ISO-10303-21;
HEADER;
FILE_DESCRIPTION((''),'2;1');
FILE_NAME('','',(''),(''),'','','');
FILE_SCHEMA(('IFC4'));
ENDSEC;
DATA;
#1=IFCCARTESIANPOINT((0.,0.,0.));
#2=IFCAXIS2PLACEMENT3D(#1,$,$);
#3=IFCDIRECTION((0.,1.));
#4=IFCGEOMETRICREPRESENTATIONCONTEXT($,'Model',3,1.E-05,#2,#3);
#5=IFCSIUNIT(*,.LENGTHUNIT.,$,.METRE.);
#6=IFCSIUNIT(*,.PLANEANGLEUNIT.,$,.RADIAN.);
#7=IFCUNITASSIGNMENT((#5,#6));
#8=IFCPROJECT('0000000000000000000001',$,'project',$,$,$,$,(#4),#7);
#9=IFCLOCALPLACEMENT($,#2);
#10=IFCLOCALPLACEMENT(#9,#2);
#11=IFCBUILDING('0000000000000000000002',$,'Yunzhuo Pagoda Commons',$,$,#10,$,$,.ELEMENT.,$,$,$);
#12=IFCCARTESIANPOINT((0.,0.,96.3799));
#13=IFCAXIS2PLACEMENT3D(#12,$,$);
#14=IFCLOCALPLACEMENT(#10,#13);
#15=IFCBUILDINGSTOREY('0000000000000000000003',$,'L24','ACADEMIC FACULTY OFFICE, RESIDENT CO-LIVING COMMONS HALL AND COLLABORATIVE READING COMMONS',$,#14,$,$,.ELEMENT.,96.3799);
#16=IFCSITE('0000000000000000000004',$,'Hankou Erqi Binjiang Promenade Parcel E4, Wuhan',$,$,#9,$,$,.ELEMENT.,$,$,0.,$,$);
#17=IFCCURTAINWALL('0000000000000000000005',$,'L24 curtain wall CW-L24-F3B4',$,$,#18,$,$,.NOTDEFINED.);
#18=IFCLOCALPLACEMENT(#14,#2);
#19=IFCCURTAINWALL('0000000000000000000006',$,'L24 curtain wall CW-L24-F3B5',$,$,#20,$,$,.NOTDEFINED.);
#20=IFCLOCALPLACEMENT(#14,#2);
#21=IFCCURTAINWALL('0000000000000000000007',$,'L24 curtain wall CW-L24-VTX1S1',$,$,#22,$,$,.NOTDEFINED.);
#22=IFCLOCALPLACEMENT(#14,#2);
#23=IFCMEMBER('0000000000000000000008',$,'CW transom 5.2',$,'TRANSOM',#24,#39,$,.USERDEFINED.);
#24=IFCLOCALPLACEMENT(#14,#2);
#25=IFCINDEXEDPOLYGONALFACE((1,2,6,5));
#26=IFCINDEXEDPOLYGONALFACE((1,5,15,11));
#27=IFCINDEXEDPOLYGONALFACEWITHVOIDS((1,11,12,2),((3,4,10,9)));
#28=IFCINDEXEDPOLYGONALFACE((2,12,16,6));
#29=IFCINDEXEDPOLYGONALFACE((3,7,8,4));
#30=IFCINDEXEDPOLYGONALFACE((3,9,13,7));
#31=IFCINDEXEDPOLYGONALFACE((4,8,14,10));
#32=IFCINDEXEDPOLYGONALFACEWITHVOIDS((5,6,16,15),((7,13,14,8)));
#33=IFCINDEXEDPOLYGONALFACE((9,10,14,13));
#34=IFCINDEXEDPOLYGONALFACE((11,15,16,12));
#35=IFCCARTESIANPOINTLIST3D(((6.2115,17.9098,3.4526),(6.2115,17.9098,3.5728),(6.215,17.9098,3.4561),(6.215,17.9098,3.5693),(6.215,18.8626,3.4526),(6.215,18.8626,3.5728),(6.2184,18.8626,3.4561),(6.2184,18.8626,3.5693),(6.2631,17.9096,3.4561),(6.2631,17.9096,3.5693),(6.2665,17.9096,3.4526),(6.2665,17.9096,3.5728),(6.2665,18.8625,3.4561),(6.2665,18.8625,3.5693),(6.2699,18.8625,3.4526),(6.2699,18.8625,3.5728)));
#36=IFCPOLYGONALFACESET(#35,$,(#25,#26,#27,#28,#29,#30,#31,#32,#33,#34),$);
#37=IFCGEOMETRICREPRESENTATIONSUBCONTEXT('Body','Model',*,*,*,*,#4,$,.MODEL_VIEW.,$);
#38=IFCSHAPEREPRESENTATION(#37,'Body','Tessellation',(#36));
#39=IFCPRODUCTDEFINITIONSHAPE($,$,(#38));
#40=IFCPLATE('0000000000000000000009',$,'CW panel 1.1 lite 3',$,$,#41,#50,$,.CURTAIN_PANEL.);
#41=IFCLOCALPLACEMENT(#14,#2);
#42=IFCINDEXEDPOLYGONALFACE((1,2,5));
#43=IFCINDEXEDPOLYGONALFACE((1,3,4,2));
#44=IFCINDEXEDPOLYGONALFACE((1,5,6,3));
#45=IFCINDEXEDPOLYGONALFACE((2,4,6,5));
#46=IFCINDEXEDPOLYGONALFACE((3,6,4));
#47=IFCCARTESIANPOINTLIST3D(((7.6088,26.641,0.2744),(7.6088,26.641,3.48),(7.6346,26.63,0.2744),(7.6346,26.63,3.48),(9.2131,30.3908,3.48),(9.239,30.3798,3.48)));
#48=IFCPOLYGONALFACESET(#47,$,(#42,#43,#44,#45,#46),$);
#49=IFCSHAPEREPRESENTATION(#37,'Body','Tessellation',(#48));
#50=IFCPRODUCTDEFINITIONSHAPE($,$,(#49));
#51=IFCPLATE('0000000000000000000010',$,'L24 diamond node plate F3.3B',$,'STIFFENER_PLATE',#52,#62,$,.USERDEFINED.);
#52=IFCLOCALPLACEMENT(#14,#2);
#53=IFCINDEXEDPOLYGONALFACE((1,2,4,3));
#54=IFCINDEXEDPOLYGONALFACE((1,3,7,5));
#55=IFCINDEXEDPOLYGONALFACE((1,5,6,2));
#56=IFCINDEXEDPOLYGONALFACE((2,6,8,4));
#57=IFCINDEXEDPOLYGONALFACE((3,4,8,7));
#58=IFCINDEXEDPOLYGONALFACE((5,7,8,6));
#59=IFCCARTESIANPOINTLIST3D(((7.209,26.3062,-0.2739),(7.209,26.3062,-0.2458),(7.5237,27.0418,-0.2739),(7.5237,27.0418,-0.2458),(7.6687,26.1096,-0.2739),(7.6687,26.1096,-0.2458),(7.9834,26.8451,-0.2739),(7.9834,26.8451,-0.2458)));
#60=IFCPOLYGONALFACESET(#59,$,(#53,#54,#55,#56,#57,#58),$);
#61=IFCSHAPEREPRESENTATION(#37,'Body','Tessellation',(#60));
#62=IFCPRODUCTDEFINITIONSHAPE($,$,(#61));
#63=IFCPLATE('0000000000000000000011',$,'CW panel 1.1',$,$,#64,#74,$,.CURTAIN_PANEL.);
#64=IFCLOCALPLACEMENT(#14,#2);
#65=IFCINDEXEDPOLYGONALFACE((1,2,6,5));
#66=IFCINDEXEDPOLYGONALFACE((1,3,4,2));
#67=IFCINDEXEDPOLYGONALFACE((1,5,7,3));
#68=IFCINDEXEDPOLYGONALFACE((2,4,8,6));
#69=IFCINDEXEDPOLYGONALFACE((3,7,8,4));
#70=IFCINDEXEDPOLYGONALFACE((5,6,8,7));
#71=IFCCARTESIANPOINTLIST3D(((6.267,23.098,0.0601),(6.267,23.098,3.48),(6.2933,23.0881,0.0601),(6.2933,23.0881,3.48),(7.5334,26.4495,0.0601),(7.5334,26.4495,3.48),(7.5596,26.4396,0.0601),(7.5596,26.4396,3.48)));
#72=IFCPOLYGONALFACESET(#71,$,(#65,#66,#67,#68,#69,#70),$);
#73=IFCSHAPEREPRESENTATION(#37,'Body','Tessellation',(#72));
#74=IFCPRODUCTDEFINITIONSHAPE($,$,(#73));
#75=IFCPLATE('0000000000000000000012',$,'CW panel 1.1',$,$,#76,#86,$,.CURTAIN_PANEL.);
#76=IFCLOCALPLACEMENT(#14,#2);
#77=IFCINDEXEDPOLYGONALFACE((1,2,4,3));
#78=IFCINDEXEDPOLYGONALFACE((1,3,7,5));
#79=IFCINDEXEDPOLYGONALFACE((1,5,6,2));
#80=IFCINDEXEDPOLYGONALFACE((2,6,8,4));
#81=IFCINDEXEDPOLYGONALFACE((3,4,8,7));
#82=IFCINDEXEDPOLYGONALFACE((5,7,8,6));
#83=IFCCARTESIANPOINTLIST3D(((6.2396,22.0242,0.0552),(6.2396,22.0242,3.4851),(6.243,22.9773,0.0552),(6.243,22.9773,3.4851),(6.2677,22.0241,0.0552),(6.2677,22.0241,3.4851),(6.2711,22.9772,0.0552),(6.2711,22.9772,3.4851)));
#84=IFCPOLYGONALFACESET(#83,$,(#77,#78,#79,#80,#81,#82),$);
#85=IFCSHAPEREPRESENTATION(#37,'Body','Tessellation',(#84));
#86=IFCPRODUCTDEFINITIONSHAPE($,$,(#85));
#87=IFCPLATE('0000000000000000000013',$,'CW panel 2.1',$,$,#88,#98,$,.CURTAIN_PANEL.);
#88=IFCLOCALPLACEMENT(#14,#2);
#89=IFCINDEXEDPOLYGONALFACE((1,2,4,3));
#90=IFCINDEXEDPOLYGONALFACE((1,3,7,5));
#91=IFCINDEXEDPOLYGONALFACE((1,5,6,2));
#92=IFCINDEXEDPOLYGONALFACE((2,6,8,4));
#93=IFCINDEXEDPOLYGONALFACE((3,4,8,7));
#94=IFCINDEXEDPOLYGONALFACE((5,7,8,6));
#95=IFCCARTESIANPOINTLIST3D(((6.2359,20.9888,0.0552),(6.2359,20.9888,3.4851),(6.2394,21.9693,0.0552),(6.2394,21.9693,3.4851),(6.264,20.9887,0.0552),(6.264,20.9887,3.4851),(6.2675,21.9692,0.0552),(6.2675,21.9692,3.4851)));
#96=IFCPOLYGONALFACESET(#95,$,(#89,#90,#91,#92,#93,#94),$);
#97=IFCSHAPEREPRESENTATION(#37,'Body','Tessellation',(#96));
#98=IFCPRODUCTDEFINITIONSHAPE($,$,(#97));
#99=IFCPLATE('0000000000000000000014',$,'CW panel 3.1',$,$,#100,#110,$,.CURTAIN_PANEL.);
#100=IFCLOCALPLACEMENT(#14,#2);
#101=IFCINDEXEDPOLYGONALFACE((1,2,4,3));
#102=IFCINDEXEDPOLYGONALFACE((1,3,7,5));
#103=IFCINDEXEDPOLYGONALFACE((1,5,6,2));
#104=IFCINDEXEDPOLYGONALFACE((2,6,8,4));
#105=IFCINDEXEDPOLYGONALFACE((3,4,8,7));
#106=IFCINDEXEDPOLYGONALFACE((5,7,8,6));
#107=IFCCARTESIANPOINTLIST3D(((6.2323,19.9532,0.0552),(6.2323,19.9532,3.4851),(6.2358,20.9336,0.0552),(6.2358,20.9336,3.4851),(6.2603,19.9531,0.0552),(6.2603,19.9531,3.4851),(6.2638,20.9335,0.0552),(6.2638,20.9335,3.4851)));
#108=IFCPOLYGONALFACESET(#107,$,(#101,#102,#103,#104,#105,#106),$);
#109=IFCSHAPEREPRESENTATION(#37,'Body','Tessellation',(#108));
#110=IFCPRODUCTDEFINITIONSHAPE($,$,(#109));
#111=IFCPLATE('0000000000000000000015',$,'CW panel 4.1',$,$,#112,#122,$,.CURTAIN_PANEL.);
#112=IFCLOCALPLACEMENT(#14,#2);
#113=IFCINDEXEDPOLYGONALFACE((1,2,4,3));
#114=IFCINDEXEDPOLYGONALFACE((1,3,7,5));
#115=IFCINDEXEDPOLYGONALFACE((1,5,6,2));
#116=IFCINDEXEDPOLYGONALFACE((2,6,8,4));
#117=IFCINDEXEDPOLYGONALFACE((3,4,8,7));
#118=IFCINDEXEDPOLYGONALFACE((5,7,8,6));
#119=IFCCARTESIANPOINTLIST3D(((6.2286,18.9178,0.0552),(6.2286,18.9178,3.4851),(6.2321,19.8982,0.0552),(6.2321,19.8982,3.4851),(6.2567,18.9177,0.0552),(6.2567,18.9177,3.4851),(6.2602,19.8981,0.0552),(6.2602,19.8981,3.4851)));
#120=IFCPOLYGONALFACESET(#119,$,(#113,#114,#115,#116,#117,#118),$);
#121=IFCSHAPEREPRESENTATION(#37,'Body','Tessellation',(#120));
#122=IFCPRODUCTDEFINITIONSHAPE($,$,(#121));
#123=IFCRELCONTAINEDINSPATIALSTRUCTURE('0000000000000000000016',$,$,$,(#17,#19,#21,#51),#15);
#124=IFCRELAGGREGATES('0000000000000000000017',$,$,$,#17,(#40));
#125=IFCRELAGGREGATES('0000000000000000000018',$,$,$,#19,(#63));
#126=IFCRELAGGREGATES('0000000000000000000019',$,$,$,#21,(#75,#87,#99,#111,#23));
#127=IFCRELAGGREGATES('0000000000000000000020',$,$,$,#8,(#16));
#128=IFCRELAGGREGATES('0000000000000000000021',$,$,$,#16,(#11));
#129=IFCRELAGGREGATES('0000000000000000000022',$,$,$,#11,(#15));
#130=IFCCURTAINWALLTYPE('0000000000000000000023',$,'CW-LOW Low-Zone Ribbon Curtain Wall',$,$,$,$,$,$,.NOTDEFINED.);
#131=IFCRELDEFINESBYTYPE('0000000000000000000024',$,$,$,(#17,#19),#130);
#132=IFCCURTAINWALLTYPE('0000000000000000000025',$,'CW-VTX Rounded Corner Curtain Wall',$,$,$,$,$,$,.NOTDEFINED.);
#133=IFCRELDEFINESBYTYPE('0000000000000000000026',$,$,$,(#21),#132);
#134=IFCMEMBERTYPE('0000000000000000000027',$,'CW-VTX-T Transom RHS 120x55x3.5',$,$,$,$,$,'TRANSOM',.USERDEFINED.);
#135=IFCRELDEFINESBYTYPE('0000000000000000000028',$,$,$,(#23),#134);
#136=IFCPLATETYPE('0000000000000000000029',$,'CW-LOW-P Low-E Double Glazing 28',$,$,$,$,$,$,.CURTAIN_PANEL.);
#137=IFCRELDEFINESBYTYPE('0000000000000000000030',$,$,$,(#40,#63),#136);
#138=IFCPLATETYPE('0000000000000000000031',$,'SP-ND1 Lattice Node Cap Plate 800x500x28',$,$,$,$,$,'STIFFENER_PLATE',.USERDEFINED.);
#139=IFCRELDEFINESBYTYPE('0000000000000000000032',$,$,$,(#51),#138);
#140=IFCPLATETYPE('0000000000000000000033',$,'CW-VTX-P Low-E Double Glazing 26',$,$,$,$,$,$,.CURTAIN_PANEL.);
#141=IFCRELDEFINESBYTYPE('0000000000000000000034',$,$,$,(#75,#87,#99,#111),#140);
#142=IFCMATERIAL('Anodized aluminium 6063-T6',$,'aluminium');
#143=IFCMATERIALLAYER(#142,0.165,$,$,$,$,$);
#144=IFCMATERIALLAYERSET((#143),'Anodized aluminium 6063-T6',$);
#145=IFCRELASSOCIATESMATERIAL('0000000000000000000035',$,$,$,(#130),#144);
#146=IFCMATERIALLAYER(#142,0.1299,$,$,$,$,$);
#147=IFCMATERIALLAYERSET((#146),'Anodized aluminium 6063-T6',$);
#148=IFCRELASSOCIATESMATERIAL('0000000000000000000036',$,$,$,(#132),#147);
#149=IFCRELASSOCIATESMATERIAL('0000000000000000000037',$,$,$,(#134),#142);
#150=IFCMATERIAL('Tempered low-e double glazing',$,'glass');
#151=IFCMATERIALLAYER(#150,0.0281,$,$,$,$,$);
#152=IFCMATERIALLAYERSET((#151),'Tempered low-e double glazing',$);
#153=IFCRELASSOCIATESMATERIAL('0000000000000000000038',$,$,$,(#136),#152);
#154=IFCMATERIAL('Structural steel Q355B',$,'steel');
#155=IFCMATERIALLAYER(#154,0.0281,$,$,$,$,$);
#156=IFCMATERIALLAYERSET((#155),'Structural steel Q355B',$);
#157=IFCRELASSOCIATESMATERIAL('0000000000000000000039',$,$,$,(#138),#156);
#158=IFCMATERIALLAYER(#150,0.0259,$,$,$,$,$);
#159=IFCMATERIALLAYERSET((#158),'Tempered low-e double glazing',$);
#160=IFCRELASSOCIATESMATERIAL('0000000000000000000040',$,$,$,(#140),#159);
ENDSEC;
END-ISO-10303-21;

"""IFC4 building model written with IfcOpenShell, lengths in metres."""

from ifc_helpers import new_model, si_unit, direction, frame, origin, origin_2d, place, context, subcontext, project, spatial, polyline, rectangle, hollow_rectangle, outline, extrude, source, transform, mapped, material, layer, layer_set, material_profile, profile_set, type_object, element, aggregate, save


model = new_model("IFC4")

# Units and contexts
model_context = context("Model", 3, precision=1e-05, world=origin(), true_north=direction((0.0, 1.0)))
body_context = subcontext(model_context, "Body", "Model", "MODEL_VIEW")
ifc_project = project(units=[si_unit("LENGTHUNIT", "METRE"), si_unit("PLANEANGLEUNIT", "RADIAN")], contexts=[model_context])

# Site, building, storey
site_placement = place(None, origin())
site = spatial("IfcSite", under=ifc_project, at=site_placement, Name="Hankou Erqi Binjiang Promenade Parcel E4, Wuhan", CompositionType="ELEMENT", RefElevation=0.0)
building_placement = place(site_placement, origin())
building = spatial("IfcBuilding", under=site, at=building_placement, Name="Yunzhuo Pagoda Commons", CompositionType="ELEMENT")
storey_placement = place(building_placement, frame((0.0, 0.0, 96.3799)))
storey = spatial("IfcBuildingStorey", under=building, at=storey_placement, Name="L24", Description="ACADEMIC FACULTY OFFICE, RESIDENT CO-LIVING COMMONS HALL AND COLLABORATIVE READING COMMONS", CompositionType="ELEMENT", Elevation=96.3799)

# Shared definitions
ifc_material_1 = material(Name="Structural steel Q355B", Category="steel")

# Curtain wall
ifc_material_2 = material(Name="Anodized aluminium 6063-T6", Category="aluminium")
ifc_layer_1 = layer(ifc_material_2, 0.165)
ifc_layer_set_1 = layer_set([ifc_layer_1], Name="Anodized aluminium 6063-T6")
curtain_wall_type_1 = type_object("IfcCurtainWallType", Name="CW-LOW Low-Zone Ribbon Curtain Wall", PredefinedType="NOTDEFINED", material=ifc_layer_set_1)
curtain_wall_1_placement = place(storey_placement, origin())
curtain_wall_1 = element("IfcCurtainWall", 1, at=curtain_wall_1_placement, inside=storey, type_object=curtain_wall_type_1, Name="L24 curtain wall CW-L24-F3B4", PredefinedType="NOTDEFINED")

# Curtain walls, member
curtain_wall_2_placement = place(storey_placement, origin())
curtain_wall_2 = element("IfcCurtainWall", 2, at=curtain_wall_2_placement, inside=storey, type_object=curtain_wall_type_1, Name="L24 curtain wall CW-L24-F3B5", PredefinedType="NOTDEFINED")
ifc_layer_2 = layer(ifc_material_2, 0.1299)
ifc_layer_set_2 = layer_set([ifc_layer_2], Name="Anodized aluminium 6063-T6")
curtain_wall_type_2 = type_object("IfcCurtainWallType", Name="CW-VTX Rounded Corner Curtain Wall", PredefinedType="NOTDEFINED", material=ifc_layer_set_2)
curtain_wall_3_placement = place(storey_placement, origin())
curtain_wall_3 = element("IfcCurtainWall", 3, at=curtain_wall_3_placement, inside=storey, type_object=curtain_wall_type_2, Name="L24 curtain wall CW-L24-VTX1S1", PredefinedType="NOTDEFINED")
ifc_material_profile_1 = material_profile(ifc_material_2, hollow_rectangle(XDim=0.0549, YDim=0.1201, WallThickness=0.0034, at=origin_2d()), Name="Anodized aluminium 6063-T6")
ifc_profile_set_1 = profile_set([ifc_material_profile_1], Name="Anodized aluminium 6063-T6")
member_type_1 = type_object("IfcMemberType", Name="CW-VTX-T Transom RHS 120x55x3.5", ElementType="TRANSOM", PredefinedType="USERDEFINED", material=ifc_profile_set_1)
shared_shape_1 = source(origin(), body_context, "Body", "SweptSolid", [
    extrude(hollow_rectangle(XDim=0.0549, YDim=0.1201, WallThickness=0.0034, at=origin_2d()), origin(), (0.0, 0.0, 1.0), 0.9529),
])
member_1_placement = place(storey_placement, frame((6.2424, 18.8625, 3.5127), z_axis=(-0.003587, -0.999994, 0.0), x_axis=(0.999994, -0.003587, 0.0)))
member_1 = element("IfcMember", 4, at=member_1_placement, type_object=member_type_1, Name="CW transom 5.2", ObjectType="TRANSOM", PredefinedType="USERDEFINED", context=body_context, shape_type="MappedRepresentation", body=[
    mapped(shared_shape_1, transform((0.0, 0.0, 0.0), scale=1.0)),
])

# Plates
ifc_material_3 = material(Name="Tempered low-e double glazing", Category="glass")
ifc_layer_3 = layer(ifc_material_3, 0.0281)
ifc_layer_set_3 = layer_set([ifc_layer_3], Name="Tempered low-e double glazing")
plate_type_1 = type_object("IfcPlateType", Name="CW-LOW-P Low-E Double Glazing 28", PredefinedType="CURTAIN_PANEL", material=ifc_layer_set_3)
plate_1_placement = place(storey_placement, frame((8.4368, 28.5049, 1.8772), z_axis=(-0.919383, 0.393364, 0.0), x_axis=(-0.393364, -0.919383, 0.0)))
plate_1 = element("IfcPlate", 5, at=plate_1_placement, type_object=plate_type_1, Name="CW panel 1.1 lite 3", PredefinedType="CURTAIN_PANEL", context=body_context, shape_type="SweptSolid", body=[
    extrude(outline(polyline([(-2.0393, 1.6028), (2.0393, -1.6028), (2.0393, 1.6028), (-2.0393, 1.6028)])), origin(), (0.0, 0.0, 1.0), 0.0281),
])
aggregate(curtain_wall_1, [plate_1])
ifc_layer_4 = layer(ifc_material_1, 0.0281)
ifc_layer_set_4 = layer_set([ifc_layer_4], Name="Structural steel Q355B")
plate_type_2 = type_object("IfcPlateType", Name="SP-ND1 Lattice Node Cap Plate 800x500x28", ElementType="STIFFENER_PLATE", PredefinedType="USERDEFINED", material=ifc_layer_set_4)
shared_shape_2 = source(origin(), body_context, "Body", "SweptSolid", [
    extrude(rectangle(XDim=0.8, YDim=0.5, at=origin_2d()), origin(), (0.0, 0.0, 1.0), 0.0281),
])
plate_2_placement = place(storey_placement, frame((7.5962, 26.5757, -0.2739), z_axis=(0.0, 0.0, 1.0), x_axis=(-0.393364, -0.919383, 0.0)))
element("IfcPlate", 6, at=plate_2_placement, inside=storey, type_object=plate_type_2, Name="L24 diamond node plate F3.3B", ObjectType="STIFFENER_PLATE", PredefinedType="USERDEFINED", context=body_context, shape_type="MappedRepresentation", body=[
    mapped(shared_shape_2, transform((0.0, 0.0, 0.0), scale=1.0)),
])
shared_shape_3 = source(origin(), body_context, "Body", "SweptSolid", [
    extrude(rectangle(XDim=3.5828, YDim=0.0281, at=origin_2d()), origin(), (0.0, 0.0, 1.0), 3.4199),
])
plate_3_placement = place(storey_placement, frame((6.9133, 24.7688, 0.0601), z_axis=(0.0, 0.0, 1.0), x_axis=(-0.353448, -0.935454, 0.0)))
plate_3 = element("IfcPlate", 7, at=plate_3_placement, type_object=plate_type_1, Name="CW panel 1.1", PredefinedType="CURTAIN_PANEL", context=body_context, shape_type="MappedRepresentation", body=[
    mapped(shared_shape_3, transform((0.0, 0.0, 0.0), scale=1.0)),
])
aggregate(curtain_wall_2, [plate_3])
ifc_layer_5 = layer(ifc_material_3, 0.0259)
ifc_layer_set_5 = layer_set([ifc_layer_5], Name="Tempered low-e double glazing")
plate_type_3 = type_object("IfcPlateType", Name="CW-VTX-P Low-E Double Glazing 26", PredefinedType="CURTAIN_PANEL", material=ifc_layer_set_5)
shared_shape_4 = source(origin(), body_context, "Body", "SweptSolid", [
    extrude(rectangle(XDim=0.9531, YDim=0.0281, at=origin_2d()), origin(), (0.0, 0.0, 1.0), 3.4299),
])
plate_4_placement = place(storey_placement, frame((6.2554, 22.5007, 0.0552), z_axis=(0.0, 0.0, 1.0), x_axis=(-0.003573, -0.999994, 0.0)))
plate_4 = element("IfcPlate", 8, at=plate_4_placement, type_object=plate_type_3, Name="CW panel 1.1", PredefinedType="CURTAIN_PANEL", context=body_context, shape_type="MappedRepresentation", body=[
    mapped(shared_shape_4, transform((0.0, 0.0, 0.0), scale=1.0)),
])
shared_shape_5 = source(origin(), body_context, "Body", "SweptSolid", [
    extrude(rectangle(XDim=0.9805, YDim=0.0281, at=origin_2d()), origin(), (0.0, 0.0, 1.0), 3.4299),
])
plate_5_placement = place(storey_placement, frame((6.2517, 21.479, 0.0552), z_axis=(0.0, 0.0, 1.0), x_axis=(-0.003573, -0.999994, 0.0)))
plate_5 = element("IfcPlate", 9, at=plate_5_placement, type_object=plate_type_3, Name="CW panel 2.1", PredefinedType="CURTAIN_PANEL", context=body_context, shape_type="MappedRepresentation", body=[
    mapped(shared_shape_5, transform((0.0, 0.0, 0.0), scale=1.0)),
])
plate_6_placement = place(storey_placement, frame((6.248, 20.4434, 0.0552), z_axis=(0.0, 0.0, 1.0), x_axis=(-0.003573, -0.999994, 0.0)))
plate_6 = element("IfcPlate", 10, at=plate_6_placement, type_object=plate_type_3, Name="CW panel 3.1", PredefinedType="CURTAIN_PANEL", context=body_context, shape_type="MappedRepresentation", body=[
    mapped(shared_shape_5, transform((0.0, 0.0, 0.0), scale=1.0)),
])
plate_7_placement = place(storey_placement, frame((6.2444, 19.408, 0.0552), z_axis=(0.0, 0.0, 1.0), x_axis=(-0.003573, -0.999994, 0.0)))
plate_7 = element("IfcPlate", 11, at=plate_7_placement, type_object=plate_type_3, Name="CW panel 4.1", PredefinedType="CURTAIN_PANEL", context=body_context, shape_type="MappedRepresentation", body=[
    mapped(shared_shape_5, transform((0.0, 0.0, 0.0), scale=1.0)),
])
aggregate(curtain_wall_3, [plate_4, plate_5, plate_6, plate_7, member_1])

save(model, "model.ifc")
